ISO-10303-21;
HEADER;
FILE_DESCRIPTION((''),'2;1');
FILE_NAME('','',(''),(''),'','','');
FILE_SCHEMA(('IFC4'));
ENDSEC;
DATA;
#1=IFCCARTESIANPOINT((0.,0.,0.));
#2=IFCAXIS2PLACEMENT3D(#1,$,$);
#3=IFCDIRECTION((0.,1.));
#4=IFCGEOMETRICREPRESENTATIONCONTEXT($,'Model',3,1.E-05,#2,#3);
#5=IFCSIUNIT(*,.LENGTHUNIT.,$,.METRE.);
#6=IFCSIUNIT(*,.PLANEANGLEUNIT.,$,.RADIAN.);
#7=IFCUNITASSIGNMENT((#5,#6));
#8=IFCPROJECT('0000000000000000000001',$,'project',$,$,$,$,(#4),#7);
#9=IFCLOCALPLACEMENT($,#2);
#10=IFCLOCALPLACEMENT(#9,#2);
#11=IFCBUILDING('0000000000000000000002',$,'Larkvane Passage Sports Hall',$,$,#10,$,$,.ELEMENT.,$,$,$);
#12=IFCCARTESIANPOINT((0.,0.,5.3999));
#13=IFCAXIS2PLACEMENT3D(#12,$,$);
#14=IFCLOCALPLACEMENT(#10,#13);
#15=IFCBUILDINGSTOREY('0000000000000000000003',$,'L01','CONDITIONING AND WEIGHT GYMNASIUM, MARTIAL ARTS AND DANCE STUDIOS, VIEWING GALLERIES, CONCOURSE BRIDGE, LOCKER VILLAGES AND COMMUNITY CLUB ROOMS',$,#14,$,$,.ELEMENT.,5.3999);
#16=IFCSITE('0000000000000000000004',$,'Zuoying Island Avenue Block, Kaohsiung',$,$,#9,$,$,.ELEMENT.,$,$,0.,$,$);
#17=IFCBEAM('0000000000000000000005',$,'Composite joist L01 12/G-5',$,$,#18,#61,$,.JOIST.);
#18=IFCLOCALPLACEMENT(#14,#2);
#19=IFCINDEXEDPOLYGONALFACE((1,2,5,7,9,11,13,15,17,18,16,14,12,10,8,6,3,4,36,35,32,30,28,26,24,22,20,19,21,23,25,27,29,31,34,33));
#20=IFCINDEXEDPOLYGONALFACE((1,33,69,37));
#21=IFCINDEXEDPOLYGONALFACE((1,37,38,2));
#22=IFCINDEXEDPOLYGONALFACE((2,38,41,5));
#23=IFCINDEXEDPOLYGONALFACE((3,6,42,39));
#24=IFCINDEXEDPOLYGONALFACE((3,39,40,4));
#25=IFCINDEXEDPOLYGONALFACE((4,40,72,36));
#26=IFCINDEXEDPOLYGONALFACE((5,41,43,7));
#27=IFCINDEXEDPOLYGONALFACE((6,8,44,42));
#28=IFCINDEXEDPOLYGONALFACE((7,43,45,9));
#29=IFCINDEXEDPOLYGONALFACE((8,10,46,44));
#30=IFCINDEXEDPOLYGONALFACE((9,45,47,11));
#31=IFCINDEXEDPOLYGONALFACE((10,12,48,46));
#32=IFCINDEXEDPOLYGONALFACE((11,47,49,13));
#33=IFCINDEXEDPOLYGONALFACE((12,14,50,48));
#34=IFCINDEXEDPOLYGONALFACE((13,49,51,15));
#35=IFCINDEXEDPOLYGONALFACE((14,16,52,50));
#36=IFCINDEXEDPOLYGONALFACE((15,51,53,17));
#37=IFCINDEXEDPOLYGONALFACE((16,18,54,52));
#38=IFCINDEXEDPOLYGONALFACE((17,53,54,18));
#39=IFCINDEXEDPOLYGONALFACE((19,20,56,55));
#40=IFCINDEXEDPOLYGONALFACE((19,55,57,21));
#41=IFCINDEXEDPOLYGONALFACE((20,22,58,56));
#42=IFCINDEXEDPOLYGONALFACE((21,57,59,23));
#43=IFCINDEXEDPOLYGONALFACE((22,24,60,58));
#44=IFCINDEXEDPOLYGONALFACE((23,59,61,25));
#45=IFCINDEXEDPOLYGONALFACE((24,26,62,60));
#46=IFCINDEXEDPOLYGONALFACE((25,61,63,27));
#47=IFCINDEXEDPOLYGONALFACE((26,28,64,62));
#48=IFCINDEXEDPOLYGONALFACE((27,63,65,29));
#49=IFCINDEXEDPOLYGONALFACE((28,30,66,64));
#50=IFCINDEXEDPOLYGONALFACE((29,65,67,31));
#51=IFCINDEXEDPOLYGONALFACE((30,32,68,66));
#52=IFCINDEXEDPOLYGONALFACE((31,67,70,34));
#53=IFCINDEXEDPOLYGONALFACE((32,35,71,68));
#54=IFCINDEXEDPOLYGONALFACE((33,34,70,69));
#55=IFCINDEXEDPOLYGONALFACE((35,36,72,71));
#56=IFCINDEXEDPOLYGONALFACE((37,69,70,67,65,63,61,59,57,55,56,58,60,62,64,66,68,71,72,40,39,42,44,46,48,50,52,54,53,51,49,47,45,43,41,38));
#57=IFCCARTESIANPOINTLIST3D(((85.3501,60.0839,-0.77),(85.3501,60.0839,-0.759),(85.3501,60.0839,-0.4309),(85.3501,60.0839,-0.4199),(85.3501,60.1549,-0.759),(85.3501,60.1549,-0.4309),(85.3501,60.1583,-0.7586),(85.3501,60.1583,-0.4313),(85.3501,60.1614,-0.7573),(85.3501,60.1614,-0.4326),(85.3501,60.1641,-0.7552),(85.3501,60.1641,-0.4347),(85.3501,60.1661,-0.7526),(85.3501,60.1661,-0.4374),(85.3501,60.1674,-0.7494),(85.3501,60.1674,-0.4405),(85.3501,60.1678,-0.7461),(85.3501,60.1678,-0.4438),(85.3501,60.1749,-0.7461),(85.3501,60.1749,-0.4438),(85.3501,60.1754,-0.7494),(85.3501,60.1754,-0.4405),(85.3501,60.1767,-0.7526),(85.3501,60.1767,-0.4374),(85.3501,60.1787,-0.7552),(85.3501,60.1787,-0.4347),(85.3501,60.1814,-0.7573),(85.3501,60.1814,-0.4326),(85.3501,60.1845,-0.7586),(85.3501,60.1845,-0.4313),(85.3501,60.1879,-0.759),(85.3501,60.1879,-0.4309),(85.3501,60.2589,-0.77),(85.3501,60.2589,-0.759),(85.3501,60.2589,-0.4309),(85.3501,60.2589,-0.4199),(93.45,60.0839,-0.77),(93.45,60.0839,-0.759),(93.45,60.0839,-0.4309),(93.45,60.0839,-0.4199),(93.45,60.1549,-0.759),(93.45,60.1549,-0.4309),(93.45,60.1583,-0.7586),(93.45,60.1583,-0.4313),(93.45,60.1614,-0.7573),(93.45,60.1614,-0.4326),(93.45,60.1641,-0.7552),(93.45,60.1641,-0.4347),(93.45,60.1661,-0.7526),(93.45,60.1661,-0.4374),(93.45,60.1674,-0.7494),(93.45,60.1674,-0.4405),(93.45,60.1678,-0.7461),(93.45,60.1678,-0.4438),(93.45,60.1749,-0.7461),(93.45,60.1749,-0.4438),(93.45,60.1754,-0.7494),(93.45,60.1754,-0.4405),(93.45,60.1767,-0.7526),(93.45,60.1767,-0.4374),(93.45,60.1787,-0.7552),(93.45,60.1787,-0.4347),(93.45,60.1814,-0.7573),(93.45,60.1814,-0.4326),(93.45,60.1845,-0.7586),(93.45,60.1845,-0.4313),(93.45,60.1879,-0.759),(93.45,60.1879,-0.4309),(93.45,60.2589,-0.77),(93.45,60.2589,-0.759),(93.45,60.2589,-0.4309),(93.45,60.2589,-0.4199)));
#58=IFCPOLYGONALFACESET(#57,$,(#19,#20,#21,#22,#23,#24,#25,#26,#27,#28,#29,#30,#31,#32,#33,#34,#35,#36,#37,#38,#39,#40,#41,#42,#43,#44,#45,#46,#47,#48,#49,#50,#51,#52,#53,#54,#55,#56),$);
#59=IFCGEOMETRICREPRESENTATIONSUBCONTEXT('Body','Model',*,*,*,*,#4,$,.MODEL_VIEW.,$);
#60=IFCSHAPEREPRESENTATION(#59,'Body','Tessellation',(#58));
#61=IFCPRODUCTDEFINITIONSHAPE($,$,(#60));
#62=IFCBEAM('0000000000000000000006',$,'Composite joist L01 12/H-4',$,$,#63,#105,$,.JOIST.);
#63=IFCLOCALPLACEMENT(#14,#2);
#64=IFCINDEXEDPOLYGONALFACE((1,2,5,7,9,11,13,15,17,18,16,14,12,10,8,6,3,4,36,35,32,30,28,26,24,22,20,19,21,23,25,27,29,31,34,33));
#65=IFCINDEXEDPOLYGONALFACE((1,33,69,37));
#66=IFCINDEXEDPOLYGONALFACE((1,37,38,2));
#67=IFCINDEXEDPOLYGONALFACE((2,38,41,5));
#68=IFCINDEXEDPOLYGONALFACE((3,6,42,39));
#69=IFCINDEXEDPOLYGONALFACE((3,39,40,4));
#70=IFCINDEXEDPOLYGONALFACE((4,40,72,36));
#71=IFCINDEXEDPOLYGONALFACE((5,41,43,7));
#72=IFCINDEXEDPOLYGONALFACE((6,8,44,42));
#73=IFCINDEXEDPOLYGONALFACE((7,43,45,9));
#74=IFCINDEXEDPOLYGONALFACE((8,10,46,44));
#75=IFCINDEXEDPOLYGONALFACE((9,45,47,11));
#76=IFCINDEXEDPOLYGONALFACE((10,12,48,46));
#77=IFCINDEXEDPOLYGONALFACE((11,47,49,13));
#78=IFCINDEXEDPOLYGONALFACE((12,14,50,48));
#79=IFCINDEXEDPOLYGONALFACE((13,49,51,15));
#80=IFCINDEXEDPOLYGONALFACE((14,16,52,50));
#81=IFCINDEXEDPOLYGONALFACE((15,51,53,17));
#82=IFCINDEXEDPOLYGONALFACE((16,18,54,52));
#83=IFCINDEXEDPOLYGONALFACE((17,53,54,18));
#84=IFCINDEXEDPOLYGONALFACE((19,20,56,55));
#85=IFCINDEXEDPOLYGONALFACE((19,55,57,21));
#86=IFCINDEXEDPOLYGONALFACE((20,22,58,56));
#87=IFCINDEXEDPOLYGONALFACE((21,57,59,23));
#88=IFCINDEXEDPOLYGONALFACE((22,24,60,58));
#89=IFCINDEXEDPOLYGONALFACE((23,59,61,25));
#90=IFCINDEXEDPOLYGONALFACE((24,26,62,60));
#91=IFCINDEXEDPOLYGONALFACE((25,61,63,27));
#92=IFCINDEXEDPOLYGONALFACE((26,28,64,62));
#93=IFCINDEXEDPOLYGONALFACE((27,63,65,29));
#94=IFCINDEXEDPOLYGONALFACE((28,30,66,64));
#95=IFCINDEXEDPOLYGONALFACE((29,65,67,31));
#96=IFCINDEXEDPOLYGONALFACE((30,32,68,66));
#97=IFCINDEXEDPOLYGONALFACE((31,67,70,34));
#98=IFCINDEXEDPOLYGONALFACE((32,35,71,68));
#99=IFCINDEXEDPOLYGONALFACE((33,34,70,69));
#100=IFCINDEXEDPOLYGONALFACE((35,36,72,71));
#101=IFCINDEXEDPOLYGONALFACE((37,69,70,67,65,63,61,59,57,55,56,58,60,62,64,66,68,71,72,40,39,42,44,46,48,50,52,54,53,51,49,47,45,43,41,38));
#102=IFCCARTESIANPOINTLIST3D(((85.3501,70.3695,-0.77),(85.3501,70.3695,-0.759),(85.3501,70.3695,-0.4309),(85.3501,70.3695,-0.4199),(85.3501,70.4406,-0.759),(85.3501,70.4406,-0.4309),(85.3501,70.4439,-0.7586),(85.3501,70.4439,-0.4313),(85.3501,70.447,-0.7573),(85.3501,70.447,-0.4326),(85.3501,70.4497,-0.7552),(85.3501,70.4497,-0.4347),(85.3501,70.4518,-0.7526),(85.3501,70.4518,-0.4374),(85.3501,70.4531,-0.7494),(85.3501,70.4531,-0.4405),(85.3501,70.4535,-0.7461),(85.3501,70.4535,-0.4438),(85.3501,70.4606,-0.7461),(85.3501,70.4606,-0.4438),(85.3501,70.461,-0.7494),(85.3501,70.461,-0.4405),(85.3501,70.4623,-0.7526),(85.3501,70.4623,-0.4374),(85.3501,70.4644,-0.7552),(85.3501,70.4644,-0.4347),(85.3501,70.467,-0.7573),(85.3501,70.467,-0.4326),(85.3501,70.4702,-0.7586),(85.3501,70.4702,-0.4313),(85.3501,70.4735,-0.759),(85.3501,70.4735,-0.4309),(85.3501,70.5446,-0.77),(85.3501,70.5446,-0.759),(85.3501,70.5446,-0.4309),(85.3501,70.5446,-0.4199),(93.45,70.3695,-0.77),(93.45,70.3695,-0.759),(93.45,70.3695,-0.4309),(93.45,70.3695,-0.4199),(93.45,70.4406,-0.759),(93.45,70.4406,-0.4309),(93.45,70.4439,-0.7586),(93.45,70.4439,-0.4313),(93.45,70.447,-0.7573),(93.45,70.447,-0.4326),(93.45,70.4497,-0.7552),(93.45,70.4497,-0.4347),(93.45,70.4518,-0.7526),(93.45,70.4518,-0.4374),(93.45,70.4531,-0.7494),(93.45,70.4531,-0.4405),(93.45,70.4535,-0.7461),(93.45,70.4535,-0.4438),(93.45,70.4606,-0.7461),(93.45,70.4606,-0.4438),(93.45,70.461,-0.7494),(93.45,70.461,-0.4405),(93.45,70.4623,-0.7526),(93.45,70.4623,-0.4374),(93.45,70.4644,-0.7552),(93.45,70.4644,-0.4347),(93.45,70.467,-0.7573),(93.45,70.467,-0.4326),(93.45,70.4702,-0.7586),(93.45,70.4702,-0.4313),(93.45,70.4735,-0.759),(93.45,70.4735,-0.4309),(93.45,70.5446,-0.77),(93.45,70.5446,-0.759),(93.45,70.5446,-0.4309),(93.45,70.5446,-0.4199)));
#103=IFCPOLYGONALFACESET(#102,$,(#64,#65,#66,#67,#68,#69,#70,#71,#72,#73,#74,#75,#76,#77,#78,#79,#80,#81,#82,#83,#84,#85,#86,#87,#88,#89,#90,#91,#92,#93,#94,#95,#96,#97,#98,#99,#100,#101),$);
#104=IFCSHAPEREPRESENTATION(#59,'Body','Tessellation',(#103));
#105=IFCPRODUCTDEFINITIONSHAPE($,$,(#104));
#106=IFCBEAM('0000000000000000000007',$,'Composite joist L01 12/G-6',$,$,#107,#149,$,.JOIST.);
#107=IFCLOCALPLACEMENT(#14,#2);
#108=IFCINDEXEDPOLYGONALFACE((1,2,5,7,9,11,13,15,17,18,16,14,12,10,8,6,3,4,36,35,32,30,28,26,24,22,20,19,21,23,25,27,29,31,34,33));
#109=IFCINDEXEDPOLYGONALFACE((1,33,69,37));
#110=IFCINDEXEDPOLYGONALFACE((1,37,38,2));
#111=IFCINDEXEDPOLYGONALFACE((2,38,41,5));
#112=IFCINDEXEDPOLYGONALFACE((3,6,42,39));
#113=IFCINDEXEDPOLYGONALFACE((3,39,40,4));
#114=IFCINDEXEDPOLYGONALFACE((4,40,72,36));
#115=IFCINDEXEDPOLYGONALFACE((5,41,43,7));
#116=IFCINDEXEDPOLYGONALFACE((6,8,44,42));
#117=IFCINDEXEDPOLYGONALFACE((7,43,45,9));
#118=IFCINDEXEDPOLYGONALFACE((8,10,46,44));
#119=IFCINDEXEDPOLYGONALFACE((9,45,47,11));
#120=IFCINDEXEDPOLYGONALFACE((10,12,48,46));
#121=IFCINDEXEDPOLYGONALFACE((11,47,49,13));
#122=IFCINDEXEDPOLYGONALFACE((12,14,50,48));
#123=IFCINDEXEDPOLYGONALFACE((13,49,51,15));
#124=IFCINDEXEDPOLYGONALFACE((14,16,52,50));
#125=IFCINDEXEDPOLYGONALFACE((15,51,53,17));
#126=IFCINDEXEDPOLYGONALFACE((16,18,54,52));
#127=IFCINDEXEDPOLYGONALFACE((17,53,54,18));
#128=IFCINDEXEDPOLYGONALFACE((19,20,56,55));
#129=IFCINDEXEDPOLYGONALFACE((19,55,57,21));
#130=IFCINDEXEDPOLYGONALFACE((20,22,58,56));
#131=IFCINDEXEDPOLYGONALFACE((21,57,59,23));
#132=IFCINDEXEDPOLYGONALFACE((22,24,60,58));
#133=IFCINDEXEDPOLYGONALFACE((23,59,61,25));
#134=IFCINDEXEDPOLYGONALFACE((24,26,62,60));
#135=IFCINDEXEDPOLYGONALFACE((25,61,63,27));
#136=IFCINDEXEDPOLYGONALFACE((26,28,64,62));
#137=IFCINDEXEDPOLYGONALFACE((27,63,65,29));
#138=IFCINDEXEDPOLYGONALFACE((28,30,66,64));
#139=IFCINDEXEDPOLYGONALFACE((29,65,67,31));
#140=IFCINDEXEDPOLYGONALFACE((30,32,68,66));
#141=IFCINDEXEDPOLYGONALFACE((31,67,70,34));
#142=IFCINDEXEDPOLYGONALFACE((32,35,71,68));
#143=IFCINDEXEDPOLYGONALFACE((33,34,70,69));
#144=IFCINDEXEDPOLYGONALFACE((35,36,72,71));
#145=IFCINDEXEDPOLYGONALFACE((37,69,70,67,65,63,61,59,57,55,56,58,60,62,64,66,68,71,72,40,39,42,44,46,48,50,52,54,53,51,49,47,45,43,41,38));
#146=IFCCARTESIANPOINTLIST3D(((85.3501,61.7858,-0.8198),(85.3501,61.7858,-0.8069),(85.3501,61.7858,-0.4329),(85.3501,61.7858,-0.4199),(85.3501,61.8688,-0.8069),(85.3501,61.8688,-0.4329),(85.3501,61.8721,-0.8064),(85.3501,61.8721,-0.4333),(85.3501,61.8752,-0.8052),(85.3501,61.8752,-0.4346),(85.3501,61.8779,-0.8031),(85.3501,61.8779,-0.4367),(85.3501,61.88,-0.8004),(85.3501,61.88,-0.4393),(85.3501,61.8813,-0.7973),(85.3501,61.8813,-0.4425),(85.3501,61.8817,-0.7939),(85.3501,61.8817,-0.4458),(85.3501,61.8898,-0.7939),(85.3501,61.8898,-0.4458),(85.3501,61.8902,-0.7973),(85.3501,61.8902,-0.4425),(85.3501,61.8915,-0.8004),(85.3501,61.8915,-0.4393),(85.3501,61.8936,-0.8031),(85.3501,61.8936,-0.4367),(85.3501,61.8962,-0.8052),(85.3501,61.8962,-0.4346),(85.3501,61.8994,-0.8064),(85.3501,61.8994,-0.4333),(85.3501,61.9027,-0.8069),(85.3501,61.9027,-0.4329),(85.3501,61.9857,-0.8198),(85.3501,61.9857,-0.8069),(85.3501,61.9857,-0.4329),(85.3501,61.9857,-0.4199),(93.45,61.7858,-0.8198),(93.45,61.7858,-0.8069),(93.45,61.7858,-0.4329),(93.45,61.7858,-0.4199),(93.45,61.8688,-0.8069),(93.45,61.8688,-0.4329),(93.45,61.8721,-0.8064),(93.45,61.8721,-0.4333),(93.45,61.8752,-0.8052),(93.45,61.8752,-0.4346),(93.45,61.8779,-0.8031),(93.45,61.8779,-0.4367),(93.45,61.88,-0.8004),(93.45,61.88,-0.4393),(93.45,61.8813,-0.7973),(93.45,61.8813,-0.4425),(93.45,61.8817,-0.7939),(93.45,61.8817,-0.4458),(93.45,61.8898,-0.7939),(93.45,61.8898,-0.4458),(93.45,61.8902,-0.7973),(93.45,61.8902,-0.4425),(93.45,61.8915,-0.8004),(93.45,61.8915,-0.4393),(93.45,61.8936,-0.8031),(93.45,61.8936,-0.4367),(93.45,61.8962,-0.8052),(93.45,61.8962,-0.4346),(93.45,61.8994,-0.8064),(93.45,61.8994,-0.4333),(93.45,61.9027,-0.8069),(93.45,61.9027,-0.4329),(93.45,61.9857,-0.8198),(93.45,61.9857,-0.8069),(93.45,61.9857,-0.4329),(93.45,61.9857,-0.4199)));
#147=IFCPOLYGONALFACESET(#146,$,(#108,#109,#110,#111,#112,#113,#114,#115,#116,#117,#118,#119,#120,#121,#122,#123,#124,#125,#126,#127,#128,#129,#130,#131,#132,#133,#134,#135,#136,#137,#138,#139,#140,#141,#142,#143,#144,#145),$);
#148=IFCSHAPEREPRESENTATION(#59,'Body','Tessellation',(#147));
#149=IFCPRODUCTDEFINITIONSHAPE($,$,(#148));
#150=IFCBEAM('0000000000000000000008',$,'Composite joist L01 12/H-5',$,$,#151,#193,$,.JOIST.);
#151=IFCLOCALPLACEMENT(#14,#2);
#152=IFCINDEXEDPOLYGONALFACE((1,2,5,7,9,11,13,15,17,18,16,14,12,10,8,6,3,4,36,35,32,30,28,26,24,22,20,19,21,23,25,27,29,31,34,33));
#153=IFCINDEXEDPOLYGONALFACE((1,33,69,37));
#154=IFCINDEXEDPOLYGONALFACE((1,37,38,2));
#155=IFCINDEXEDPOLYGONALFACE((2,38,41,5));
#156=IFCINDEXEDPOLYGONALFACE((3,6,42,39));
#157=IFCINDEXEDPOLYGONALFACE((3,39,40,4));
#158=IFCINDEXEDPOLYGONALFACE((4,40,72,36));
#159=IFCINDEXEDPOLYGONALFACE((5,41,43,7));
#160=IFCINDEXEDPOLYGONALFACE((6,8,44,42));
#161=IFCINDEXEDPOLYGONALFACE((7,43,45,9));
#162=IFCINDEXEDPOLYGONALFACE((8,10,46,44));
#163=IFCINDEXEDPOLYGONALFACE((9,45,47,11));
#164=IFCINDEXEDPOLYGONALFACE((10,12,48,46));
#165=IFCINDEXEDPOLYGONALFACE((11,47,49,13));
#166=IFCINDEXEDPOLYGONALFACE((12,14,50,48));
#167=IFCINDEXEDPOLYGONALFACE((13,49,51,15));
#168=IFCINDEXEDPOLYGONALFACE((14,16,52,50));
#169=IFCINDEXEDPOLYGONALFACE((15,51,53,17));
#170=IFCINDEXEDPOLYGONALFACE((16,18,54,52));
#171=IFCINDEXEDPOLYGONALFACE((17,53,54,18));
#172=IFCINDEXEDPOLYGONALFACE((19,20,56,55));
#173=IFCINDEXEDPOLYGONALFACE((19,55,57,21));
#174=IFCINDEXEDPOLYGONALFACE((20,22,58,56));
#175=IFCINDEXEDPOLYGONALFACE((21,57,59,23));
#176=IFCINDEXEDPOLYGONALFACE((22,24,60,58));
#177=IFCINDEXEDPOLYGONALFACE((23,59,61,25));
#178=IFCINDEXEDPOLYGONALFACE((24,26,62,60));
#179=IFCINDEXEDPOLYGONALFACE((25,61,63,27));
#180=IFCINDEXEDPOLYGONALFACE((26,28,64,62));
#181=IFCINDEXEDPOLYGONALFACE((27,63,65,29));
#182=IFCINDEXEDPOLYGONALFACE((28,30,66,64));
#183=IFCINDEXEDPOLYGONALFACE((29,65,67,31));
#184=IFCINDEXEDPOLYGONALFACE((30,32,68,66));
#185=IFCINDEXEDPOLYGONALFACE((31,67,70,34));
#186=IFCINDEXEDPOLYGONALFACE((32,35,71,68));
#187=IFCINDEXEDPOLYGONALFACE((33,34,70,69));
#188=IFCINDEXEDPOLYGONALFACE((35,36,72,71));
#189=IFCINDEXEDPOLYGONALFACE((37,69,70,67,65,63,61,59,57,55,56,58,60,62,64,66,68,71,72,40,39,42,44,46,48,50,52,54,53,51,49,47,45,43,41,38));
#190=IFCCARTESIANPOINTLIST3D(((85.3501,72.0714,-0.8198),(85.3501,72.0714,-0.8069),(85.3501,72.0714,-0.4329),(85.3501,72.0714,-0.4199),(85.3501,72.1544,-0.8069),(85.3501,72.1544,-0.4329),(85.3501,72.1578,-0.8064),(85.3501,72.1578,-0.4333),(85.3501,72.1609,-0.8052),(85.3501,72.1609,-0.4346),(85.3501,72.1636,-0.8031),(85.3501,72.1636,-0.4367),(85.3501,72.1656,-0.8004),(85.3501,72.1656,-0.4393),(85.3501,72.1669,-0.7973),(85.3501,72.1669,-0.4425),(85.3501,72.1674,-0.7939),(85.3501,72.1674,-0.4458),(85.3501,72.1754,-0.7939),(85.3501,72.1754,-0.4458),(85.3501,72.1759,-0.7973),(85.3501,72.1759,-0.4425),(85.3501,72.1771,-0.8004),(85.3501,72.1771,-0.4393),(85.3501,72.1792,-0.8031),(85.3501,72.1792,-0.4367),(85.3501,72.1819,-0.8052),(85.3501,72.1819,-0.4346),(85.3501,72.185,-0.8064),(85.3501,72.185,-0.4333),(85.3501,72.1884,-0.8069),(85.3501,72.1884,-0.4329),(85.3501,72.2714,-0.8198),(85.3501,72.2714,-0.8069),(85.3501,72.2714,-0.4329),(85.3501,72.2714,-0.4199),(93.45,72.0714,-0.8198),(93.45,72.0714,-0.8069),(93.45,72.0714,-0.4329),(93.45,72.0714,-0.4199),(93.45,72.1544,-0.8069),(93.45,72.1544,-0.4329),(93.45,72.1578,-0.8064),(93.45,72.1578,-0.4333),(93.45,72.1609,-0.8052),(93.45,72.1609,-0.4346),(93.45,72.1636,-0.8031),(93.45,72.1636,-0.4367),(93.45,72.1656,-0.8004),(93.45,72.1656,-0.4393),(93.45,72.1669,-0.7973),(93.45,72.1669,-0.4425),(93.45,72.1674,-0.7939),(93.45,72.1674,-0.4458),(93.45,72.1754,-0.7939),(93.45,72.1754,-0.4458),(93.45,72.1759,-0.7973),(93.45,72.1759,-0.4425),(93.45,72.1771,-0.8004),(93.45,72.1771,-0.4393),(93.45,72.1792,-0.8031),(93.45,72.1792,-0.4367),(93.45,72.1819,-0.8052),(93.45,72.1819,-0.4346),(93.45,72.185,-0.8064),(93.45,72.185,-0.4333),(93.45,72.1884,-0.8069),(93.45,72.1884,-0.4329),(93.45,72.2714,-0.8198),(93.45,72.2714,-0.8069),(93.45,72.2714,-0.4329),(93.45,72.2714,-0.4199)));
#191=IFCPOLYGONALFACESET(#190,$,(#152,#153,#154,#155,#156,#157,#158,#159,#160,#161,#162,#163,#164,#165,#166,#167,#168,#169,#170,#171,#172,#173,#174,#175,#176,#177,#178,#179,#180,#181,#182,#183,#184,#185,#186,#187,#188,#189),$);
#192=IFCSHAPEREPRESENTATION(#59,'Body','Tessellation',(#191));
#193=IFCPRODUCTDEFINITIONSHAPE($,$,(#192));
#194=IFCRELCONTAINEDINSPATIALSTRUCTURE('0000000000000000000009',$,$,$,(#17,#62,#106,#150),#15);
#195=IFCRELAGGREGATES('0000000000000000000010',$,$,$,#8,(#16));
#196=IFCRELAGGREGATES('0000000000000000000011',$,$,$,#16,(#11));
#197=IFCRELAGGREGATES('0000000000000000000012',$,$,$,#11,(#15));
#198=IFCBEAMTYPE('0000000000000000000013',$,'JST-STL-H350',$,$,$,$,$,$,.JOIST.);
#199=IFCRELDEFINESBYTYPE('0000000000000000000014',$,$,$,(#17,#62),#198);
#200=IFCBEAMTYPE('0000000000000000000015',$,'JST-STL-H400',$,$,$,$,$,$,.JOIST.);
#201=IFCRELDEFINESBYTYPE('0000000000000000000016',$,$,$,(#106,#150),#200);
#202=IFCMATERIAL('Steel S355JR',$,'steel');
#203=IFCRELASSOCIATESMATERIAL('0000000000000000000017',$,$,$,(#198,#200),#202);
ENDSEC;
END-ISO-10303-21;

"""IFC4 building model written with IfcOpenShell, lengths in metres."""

from ifc_helpers import new_model, si_unit, direction, frame, origin, origin_2d, place, context, subcontext, project, spatial, i_section, extrude, material, material_profile, profile_set, type_object, element, save


model = new_model("IFC4")

# Units and contexts
model_context = context("Model", 3, precision=1e-05, world=origin(), true_north=direction((0.0, 1.0)))
body_context = subcontext(model_context, "Body", "Model", "MODEL_VIEW")
ifc_project = project(units=[si_unit("LENGTHUNIT", "METRE"), si_unit("PLANEANGLEUNIT", "RADIAN")], contexts=[model_context])

# Site, building, storey
site_placement = place(None, origin())
site = spatial("IfcSite", under=ifc_project, at=site_placement, Name="Zuoying Island Avenue Block, Kaohsiung", CompositionType="ELEMENT", RefElevation=0.0)
building_placement = place(site_placement, origin())
building = spatial("IfcBuilding", under=site, at=building_placement, Name="Larkvane Passage Sports Hall", CompositionType="ELEMENT")
storey_placement = place(building_placement, frame((0.0, 0.0, 5.3999)))
storey = spatial("IfcBuildingStorey", under=building, at=storey_placement, Name="L01", Description="CONDITIONING AND WEIGHT GYMNASIUM, MARTIAL ARTS AND DANCE STUDIOS, VIEWING GALLERIES, CONCOURSE BRIDGE, LOCKER VILLAGES AND COMMUNITY CLUB ROOMS", CompositionType="ELEMENT", Elevation=5.3999)

# Shared definitions
ifc_material_1 = material(Name="Steel S355JR", Category="steel")

# Beams
ifc_material_profile_1 = material_profile(ifc_material_1, i_section(OverallWidth=0.175, OverallDepth=0.3501, WebThickness=0.0071, FlangeThickness=0.011, FilletRadius=0.0129, at=origin_2d()), Name="H-350x175x7x11")
ifc_profile_set_1 = profile_set([ifc_material_profile_1], Name="Steel S355JR")
beam_type_1 = type_object("IfcBeamType", Name="JST-STL-H350", PredefinedType="JOIST", material=ifc_profile_set_1)
for number, where, z_axis, x_axis, name in (
    (1, (85.3501, 60.1714, -0.595), (1.0, 0.0, 0.0), (0.0, 1.0, 0.0), "Composite joist L01 12/G-5"),
    (2, (85.3501, 70.457, -0.595), (1.0, 0.0, 0.0), (0.0, 1.0, 0.0), "Composite joist L01 12/H-4"),
):
    element("IfcBeam", number, at=place(storey_placement, frame(where, z_axis=z_axis, x_axis=x_axis)), inside=storey, type_object=beam_type_1, Name=name, PredefinedType="JOIST", context=body_context, shape_type="SweptSolid", body=[
        extrude(i_section(OverallWidth=0.175, OverallDepth=0.3501, WebThickness=0.0071, FlangeThickness=0.011, FilletRadius=0.0129, at=origin_2d()), origin(), (0.0, 0.0, 1.0), 8.0999),
    ])
ifc_material_profile_2 = material_profile(ifc_material_1, i_section(OverallWidth=0.2, OverallDepth=0.3999, WebThickness=0.0081, FlangeThickness=0.0129, FilletRadius=0.0129, at=origin_2d()), Name="H-400x200x8x13")
ifc_profile_set_2 = profile_set([ifc_material_profile_2], Name="Steel S355JR")
beam_type_2 = type_object("IfcBeamType", Name="JST-STL-H400", PredefinedType="JOIST", material=ifc_profile_set_2)
for number, where, z_axis, x_axis, name in (
    (3, (85.3501, 61.8857, -0.6199), (1.0, 0.0, 0.0), (0.0, 1.0, 0.0), "Composite joist L01 12/G-6"),
    (4, (85.3501, 72.1714, -0.6199), (1.0, 0.0, 0.0), (0.0, 1.0, 0.0), "Composite joist L01 12/H-5"),
):
    element("IfcBeam", number, at=place(storey_placement, frame(where, z_axis=z_axis, x_axis=x_axis)), inside=storey, type_object=beam_type_2, Name=name, PredefinedType="JOIST", context=body_context, shape_type="SweptSolid", body=[
        extrude(i_section(OverallWidth=0.2, OverallDepth=0.3999, WebThickness=0.0081, FlangeThickness=0.0129, FilletRadius=0.0129, at=origin_2d()), origin(), (0.0, 0.0, 1.0), 8.0999),
    ])

save(model, "model.ifc")
